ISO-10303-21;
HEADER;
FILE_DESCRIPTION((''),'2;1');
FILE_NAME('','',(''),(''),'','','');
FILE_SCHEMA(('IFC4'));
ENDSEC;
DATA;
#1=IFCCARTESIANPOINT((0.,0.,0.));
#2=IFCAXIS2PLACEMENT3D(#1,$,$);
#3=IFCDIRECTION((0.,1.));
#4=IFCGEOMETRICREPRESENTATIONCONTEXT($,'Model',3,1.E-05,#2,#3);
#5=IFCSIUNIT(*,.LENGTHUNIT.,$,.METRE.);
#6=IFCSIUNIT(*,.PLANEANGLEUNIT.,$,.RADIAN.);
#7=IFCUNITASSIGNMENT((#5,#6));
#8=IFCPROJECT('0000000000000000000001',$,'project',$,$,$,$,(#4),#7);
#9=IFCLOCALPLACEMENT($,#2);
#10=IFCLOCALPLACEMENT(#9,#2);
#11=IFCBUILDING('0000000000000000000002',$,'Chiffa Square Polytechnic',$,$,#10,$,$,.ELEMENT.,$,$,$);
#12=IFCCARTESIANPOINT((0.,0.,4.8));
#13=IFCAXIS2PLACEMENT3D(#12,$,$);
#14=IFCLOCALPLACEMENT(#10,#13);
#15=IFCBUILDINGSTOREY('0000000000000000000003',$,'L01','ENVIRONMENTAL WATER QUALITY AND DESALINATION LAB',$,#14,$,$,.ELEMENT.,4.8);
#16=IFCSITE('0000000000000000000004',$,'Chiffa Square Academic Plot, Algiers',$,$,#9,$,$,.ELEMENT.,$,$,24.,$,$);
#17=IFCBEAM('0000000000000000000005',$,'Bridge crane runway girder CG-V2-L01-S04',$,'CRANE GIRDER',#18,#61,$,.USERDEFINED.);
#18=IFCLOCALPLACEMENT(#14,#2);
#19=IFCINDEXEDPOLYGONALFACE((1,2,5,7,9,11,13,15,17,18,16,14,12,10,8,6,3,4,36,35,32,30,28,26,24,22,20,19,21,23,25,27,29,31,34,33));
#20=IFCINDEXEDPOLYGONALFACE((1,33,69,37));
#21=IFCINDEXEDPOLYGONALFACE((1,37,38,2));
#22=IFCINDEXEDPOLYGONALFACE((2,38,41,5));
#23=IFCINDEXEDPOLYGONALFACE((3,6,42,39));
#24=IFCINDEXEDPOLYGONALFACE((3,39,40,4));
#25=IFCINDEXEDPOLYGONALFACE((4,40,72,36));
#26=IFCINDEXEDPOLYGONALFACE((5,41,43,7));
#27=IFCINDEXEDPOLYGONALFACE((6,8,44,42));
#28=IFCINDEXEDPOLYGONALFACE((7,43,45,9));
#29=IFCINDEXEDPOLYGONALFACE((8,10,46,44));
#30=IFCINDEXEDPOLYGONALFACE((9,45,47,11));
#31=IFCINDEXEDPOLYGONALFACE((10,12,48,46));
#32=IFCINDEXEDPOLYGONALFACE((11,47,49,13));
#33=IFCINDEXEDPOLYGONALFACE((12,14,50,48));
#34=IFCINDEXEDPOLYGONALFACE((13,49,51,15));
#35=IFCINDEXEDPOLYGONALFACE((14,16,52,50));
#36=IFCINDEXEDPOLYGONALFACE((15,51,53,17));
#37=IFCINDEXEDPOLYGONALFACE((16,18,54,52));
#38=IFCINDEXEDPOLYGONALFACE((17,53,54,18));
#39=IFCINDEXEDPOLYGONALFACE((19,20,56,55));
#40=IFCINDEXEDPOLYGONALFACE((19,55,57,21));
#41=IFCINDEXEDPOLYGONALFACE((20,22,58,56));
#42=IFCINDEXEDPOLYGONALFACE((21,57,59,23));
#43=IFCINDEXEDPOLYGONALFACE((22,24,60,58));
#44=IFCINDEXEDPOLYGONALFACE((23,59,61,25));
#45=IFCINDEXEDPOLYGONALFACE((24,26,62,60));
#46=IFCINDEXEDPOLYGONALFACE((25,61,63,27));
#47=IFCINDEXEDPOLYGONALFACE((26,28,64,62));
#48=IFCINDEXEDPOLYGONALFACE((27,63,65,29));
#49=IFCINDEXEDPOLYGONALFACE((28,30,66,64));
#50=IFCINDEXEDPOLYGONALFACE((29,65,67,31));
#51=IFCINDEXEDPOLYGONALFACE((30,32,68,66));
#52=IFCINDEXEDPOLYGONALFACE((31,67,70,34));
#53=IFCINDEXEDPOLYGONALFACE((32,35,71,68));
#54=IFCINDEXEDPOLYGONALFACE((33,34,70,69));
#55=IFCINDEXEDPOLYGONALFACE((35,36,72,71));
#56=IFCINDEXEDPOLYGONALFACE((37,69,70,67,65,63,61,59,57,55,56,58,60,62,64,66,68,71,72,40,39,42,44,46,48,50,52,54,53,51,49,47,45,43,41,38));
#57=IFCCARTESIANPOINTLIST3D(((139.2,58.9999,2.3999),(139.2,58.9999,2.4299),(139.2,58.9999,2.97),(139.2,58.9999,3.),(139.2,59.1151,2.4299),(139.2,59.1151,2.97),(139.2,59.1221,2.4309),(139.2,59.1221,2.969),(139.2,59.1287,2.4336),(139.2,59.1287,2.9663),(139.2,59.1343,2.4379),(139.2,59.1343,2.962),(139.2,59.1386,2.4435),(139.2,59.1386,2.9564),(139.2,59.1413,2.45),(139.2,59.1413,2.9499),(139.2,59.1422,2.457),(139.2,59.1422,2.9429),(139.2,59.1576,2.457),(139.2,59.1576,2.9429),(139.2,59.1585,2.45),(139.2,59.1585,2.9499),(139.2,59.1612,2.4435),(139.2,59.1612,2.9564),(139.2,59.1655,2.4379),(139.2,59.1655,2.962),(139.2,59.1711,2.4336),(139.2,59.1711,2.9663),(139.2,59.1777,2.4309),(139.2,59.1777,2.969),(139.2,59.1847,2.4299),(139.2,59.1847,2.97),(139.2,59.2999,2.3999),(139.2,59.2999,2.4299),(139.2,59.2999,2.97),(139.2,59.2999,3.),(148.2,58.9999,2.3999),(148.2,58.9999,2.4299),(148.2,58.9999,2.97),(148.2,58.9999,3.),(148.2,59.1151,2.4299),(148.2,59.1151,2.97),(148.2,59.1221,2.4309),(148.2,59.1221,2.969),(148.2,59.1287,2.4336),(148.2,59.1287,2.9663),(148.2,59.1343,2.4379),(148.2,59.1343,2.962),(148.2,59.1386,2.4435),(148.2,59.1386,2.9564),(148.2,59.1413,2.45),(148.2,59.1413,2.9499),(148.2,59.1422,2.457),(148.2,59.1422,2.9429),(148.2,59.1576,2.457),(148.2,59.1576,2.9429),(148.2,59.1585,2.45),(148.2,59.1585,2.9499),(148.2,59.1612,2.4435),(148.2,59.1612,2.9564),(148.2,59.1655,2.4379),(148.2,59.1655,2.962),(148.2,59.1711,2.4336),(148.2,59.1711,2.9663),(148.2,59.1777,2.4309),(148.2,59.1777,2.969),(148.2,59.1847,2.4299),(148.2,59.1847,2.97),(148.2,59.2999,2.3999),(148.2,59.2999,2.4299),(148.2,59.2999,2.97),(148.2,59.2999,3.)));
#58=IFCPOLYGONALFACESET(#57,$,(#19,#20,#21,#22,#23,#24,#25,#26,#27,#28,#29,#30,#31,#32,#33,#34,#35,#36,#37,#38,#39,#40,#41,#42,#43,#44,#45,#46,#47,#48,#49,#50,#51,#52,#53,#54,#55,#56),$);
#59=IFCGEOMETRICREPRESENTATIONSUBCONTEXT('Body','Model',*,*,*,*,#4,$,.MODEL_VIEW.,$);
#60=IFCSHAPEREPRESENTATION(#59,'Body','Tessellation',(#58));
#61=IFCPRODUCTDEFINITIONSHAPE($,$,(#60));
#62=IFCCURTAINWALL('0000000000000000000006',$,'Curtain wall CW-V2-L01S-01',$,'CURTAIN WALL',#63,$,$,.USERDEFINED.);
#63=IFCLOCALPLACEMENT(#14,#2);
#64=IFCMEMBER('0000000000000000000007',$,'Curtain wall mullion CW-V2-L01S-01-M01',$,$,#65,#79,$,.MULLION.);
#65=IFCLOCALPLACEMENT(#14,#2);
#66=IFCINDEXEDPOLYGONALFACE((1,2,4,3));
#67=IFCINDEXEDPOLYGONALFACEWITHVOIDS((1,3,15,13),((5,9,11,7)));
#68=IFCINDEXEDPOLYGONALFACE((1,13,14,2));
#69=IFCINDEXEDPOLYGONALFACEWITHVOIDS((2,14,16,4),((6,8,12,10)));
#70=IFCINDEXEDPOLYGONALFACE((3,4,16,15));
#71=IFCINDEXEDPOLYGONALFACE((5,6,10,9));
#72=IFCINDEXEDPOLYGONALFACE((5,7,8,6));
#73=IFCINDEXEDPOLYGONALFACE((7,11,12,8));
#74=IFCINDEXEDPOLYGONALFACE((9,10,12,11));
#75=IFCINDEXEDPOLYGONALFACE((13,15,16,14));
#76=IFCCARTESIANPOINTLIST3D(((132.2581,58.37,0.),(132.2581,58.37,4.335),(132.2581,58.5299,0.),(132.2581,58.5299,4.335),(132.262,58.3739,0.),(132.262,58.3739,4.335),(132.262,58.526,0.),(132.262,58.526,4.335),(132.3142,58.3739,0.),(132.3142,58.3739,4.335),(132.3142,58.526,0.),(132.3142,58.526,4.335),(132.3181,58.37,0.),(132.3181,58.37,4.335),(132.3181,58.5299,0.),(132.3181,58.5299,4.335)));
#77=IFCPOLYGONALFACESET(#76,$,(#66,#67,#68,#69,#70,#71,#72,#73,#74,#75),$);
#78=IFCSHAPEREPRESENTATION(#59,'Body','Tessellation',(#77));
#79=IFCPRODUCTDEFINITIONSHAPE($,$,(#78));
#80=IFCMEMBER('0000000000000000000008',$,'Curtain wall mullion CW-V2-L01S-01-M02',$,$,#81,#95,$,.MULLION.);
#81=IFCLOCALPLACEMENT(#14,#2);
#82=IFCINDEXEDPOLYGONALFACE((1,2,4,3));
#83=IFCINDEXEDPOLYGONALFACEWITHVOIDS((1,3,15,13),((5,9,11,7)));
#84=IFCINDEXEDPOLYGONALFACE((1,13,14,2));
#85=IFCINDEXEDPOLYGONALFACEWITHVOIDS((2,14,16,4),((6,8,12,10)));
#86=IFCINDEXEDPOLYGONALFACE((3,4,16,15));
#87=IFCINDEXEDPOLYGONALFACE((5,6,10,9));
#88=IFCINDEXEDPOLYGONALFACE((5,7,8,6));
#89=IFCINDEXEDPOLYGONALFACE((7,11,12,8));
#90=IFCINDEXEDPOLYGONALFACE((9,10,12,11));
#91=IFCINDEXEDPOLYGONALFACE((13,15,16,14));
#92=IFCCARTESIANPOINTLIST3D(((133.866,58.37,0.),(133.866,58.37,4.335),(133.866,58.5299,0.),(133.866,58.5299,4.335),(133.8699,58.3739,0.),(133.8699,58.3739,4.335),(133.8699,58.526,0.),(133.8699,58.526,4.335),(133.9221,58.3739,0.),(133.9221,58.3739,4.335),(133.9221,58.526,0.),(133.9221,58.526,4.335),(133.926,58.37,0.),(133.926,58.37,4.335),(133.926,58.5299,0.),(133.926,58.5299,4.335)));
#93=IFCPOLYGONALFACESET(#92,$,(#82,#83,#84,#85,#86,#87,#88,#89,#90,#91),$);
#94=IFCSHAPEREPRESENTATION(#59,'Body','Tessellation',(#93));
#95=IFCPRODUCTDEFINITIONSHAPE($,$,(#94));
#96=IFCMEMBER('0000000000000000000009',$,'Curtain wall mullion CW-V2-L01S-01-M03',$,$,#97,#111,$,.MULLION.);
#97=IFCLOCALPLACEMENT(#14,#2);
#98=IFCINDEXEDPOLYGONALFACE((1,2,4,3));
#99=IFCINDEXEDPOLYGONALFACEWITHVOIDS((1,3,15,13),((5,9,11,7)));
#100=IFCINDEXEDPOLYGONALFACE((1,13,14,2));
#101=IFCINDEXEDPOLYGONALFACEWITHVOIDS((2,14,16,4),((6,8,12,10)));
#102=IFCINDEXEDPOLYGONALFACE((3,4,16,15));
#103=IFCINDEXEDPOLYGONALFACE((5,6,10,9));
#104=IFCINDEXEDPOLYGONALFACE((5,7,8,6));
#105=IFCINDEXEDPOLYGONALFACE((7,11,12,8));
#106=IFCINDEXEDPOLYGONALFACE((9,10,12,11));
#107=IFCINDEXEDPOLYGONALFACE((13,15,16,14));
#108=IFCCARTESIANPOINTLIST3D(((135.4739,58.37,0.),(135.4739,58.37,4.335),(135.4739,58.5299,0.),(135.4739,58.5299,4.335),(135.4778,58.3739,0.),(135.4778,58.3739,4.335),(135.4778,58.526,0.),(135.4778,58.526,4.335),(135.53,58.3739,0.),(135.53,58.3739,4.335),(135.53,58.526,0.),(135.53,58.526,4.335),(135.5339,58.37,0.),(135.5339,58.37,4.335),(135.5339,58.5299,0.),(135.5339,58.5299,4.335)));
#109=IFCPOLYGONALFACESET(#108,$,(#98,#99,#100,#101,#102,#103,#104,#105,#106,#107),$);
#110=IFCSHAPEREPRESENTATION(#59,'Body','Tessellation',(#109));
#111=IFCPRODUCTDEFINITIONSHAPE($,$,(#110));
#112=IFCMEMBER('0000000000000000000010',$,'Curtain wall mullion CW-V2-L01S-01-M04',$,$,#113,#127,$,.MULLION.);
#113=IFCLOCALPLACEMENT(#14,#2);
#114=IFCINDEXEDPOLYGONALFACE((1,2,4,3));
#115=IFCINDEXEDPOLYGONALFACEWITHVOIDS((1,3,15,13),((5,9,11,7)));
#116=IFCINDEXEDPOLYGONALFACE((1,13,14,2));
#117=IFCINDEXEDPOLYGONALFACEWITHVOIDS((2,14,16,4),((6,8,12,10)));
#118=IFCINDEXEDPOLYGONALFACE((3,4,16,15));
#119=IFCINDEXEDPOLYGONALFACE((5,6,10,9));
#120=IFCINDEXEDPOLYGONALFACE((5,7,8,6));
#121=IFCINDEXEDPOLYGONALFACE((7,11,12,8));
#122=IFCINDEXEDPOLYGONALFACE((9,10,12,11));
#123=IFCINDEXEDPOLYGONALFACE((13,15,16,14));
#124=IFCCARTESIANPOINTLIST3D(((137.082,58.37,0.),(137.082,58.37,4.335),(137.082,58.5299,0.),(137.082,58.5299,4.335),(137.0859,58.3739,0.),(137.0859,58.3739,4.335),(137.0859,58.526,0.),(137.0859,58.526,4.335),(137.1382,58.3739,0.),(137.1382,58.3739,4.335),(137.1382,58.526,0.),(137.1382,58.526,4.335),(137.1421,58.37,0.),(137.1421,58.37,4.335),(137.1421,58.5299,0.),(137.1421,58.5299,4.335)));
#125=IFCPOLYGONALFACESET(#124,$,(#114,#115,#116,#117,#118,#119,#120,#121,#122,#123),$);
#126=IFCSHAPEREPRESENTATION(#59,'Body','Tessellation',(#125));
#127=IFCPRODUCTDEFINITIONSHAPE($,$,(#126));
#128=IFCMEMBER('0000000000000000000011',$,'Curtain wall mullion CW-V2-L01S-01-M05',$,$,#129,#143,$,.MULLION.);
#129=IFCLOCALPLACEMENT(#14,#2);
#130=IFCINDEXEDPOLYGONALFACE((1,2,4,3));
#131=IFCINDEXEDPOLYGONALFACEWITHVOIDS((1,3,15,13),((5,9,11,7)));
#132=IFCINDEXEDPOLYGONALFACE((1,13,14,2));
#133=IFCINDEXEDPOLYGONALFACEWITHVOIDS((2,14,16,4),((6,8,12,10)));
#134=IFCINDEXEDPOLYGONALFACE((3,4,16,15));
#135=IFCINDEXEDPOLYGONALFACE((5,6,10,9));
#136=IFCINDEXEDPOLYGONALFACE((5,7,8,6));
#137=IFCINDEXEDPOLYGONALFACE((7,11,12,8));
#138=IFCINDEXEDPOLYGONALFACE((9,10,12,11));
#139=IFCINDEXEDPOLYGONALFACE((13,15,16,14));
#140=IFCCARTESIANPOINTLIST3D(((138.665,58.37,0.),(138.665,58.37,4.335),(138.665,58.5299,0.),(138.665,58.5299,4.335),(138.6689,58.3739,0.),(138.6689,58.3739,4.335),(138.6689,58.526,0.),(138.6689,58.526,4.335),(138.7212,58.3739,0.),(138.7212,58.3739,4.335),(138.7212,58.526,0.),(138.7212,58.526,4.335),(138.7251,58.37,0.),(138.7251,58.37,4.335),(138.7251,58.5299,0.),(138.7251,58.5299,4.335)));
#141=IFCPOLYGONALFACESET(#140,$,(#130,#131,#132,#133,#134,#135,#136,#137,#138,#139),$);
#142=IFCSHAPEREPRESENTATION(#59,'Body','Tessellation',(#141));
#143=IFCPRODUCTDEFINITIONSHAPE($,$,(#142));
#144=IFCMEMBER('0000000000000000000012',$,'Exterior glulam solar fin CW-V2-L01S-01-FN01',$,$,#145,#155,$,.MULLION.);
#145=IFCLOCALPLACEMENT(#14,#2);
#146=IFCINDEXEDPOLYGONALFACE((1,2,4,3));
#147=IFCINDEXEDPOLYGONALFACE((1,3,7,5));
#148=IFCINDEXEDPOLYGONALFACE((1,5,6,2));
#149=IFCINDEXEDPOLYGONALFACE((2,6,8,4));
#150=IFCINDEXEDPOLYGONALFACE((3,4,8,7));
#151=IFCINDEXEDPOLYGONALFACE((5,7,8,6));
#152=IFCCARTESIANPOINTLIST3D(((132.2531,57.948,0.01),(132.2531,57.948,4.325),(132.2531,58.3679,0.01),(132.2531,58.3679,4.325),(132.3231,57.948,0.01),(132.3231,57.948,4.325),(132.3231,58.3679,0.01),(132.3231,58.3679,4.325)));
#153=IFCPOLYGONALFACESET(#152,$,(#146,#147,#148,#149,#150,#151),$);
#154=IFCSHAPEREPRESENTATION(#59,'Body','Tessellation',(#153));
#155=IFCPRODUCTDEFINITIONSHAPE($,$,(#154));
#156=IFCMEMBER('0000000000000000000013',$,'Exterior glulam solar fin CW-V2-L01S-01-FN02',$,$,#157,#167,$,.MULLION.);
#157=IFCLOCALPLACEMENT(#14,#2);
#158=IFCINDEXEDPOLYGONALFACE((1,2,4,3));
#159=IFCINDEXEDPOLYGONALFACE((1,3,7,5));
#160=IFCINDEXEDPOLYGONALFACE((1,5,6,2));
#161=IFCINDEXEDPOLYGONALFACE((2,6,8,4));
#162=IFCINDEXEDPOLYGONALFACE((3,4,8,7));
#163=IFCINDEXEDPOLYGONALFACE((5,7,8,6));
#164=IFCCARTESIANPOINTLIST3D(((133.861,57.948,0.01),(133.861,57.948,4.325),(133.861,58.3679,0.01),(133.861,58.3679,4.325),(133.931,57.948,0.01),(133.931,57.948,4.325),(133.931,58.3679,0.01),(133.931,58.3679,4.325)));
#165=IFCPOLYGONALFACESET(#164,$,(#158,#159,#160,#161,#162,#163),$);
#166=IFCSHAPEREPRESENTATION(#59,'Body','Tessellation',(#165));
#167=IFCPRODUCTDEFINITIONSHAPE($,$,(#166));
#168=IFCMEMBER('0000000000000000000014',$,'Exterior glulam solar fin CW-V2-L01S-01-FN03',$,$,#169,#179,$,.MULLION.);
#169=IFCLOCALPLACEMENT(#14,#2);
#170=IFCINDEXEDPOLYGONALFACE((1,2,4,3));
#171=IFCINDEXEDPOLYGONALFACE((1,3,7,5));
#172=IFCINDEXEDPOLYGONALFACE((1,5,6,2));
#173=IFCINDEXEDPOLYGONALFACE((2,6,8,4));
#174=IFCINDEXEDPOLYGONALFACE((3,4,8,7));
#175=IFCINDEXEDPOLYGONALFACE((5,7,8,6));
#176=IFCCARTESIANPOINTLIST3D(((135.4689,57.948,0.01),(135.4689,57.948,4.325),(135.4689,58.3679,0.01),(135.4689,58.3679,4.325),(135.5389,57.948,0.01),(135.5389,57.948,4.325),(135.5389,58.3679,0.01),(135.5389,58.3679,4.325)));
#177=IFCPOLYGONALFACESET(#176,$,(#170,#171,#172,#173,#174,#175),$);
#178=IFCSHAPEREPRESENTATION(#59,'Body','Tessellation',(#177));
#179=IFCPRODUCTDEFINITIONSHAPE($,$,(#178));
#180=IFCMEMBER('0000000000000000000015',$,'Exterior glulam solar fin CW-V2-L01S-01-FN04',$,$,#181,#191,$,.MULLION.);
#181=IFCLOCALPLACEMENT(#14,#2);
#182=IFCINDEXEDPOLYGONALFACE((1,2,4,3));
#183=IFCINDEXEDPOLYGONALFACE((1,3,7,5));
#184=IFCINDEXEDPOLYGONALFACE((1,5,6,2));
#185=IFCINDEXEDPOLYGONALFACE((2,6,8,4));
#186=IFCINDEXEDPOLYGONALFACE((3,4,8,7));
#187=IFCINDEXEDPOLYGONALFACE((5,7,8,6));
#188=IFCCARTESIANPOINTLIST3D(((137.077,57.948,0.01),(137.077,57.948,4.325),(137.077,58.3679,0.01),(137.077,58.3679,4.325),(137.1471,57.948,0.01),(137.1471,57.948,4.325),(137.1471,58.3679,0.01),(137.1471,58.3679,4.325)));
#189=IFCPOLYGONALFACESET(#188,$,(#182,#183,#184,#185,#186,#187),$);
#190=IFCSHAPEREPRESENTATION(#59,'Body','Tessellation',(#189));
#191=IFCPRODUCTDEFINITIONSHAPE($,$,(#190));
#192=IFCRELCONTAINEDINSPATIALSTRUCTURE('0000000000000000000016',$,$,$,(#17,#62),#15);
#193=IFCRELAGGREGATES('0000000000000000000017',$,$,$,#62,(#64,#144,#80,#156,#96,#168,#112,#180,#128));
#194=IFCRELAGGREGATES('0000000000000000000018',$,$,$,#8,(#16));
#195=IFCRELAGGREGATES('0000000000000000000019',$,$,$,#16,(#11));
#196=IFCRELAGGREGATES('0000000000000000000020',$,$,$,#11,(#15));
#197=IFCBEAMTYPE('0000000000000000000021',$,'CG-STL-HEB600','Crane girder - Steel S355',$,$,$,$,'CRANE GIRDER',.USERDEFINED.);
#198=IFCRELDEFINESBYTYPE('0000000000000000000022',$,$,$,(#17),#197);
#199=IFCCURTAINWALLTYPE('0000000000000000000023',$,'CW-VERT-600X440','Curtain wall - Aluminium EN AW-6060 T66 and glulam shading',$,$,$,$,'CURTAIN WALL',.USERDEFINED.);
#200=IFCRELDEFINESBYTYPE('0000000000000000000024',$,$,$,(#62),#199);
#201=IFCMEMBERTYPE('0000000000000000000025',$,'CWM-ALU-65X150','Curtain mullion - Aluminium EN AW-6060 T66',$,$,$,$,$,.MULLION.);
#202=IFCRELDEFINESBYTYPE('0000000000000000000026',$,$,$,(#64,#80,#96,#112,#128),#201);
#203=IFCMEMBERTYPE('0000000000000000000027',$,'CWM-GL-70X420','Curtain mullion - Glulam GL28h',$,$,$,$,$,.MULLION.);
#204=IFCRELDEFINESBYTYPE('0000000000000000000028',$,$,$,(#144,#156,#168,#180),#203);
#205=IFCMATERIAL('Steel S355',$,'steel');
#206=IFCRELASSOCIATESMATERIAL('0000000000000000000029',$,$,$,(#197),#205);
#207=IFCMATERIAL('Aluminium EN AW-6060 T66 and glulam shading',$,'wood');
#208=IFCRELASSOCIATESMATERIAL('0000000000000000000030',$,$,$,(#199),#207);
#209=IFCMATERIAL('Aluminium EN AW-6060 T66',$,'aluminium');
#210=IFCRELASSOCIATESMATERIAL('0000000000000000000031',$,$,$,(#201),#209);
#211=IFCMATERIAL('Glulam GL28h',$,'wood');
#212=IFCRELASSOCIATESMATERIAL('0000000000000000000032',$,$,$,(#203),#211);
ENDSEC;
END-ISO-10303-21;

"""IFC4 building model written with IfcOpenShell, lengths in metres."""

from ifc_helpers import new_model, si_unit, direction, frame, origin, origin_2d, place, context, subcontext, project, spatial, rectangle, hollow_rectangle, i_section, extrude, material, material_profile, profile_set, type_object, element, aggregate, save


model = new_model("IFC4")

# Units and contexts
model_context = context("Model", 3, precision=1e-05, world=origin(), true_north=direction((0.0, 1.0)))
body_context = subcontext(model_context, "Body", "Model", "MODEL_VIEW")
ifc_project = project(units=[si_unit("LENGTHUNIT", "METRE"), si_unit("PLANEANGLEUNIT", "RADIAN")], contexts=[model_context])

# Site, building, storey
site_placement = place(None, origin())
site = spatial("IfcSite", under=ifc_project, at=site_placement, Name="Chiffa Square Academic Plot, Algiers", CompositionType="ELEMENT", RefElevation=24.0)
building_placement = place(site_placement, origin())
building = spatial("IfcBuilding", under=site, at=building_placement, Name="Chiffa Square Polytechnic", CompositionType="ELEMENT")
storey_placement = place(building_placement, frame((0.0, 0.0, 4.8)))
storey = spatial("IfcBuildingStorey", under=building, at=storey_placement, Name="L01", Description="ENVIRONMENTAL WATER QUALITY AND DESALINATION LAB", CompositionType="ELEMENT", Elevation=4.8)

# Shared definitions
ifc_material_1 = material(Name="Steel S355", Category="steel")

# Beam
ifc_material_profile_1 = material_profile(ifc_material_1, i_section(OverallWidth=0.3, OverallDepth=0.6001, WebThickness=0.0154, FlangeThickness=0.03, FilletRadius=0.0271, at=origin_2d()), Name="HEB 600")
ifc_profile_set_1 = profile_set([ifc_material_profile_1], Name="Steel S355")
beam_type_1 = type_object("IfcBeamType", Name="CG-STL-HEB600", Description="Crane girder - Steel S355", ElementType="CRANE GIRDER", PredefinedType="USERDEFINED", material=ifc_profile_set_1)
beam_placement = place(storey_placement, frame((139.2, 59.1499, 2.7), z_axis=(1.0, 0.0, 0.0), x_axis=(0.0, 1.0, 0.0)))
element("IfcBeam", 1, at=beam_placement, inside=storey, type_object=beam_type_1, Name="Bridge crane runway girder CG-V2-L01-S04", ObjectType="CRANE GIRDER", PredefinedType="USERDEFINED", context=body_context, shape_type="SweptSolid", body=[
    extrude(i_section(OverallWidth=0.3, OverallDepth=0.6001, WebThickness=0.0154, FlangeThickness=0.03, FilletRadius=0.0271, at=origin_2d()), origin(), (0.0, 0.0, 1.0), 9.0),
])

# Curtain wall, members
ifc_material_2 = material(Name="Aluminium EN AW-6060 T66 and glulam shading", Category="wood")
curtain_wall_type = type_object("IfcCurtainWallType", Name="CW-VERT-600X440", Description="Curtain wall - Aluminium EN AW-6060 T66 and glulam shading", ElementType="CURTAIN WALL", PredefinedType="USERDEFINED", material=ifc_material_2)
curtain_wall_placement = place(storey_placement, origin())
curtain_wall = element("IfcCurtainWall", 2, at=curtain_wall_placement, inside=storey, type_object=curtain_wall_type, Name="Curtain wall CW-V2-L01S-01", ObjectType="CURTAIN WALL", PredefinedType="USERDEFINED")
ifc_material_3 = material(Name="Aluminium EN AW-6060 T66", Category="aluminium")
ifc_material_profile_2 = material_profile(ifc_material_3, hollow_rectangle(XDim=0.0601, YDim=0.1599, WallThickness=0.0039, at=origin_2d()), Name="ALU 60x160x4")
ifc_profile_set_2 = profile_set([ifc_material_profile_2], Name="Aluminium EN AW-6060 T66")
member_type_1 = type_object("IfcMemberType", Name="CWM-ALU-65X150", Description="Curtain mullion - Aluminium EN AW-6060 T66", PredefinedType="MULLION", material=ifc_profile_set_2)
member_1_placement = place(storey_placement, frame((132.2881, 58.45, 0.0), z_axis=(0.0, 0.0, 1.0), x_axis=(1.0, 0.0, 0.0)))
member_1 = element("IfcMember", 3, at=member_1_placement, type_object=member_type_1, Name="Curtain wall mullion CW-V2-L01S-01-M01", PredefinedType="MULLION", context=body_context, shape_type="SweptSolid", body=[
    extrude(hollow_rectangle(XDim=0.0601, YDim=0.1599, WallThickness=0.0039, at=origin_2d()), origin(), (0.0, 0.0, 1.0), 4.335),
])
member_2_placement = place(storey_placement, frame((133.896, 58.45, 0.0), z_axis=(0.0, 0.0, 1.0), x_axis=(1.0, 0.0, 0.0)))
member_2 = element("IfcMember", 4, at=member_2_placement, type_object=member_type_1, Name="Curtain wall mullion CW-V2-L01S-01-M02", PredefinedType="MULLION", context=body_context, shape_type="SweptSolid", body=[
    extrude(hollow_rectangle(XDim=0.0601, YDim=0.1599, WallThickness=0.0039, at=origin_2d()), origin(), (0.0, 0.0, 1.0), 4.335),
])
member_3_placement = place(storey_placement, frame((135.5039, 58.45, 0.0), z_axis=(0.0, 0.0, 1.0), x_axis=(1.0, 0.0, 0.0)))
member_3 = element("IfcMember", 5, at=member_3_placement, type_object=member_type_1, Name="Curtain wall mullion CW-V2-L01S-01-M03", PredefinedType="MULLION", context=body_context, shape_type="SweptSolid", body=[
    extrude(hollow_rectangle(XDim=0.0601, YDim=0.1599, WallThickness=0.0039, at=origin_2d()), origin(), (0.0, 0.0, 1.0), 4.335),
])
member_4_placement = place(storey_placement, frame((137.1121, 58.45, 0.0), z_axis=(0.0, 0.0, 1.0), x_axis=(1.0, 0.0, 0.0)))
member_4 = element("IfcMember", 6, at=member_4_placement, type_object=member_type_1, Name="Curtain wall mullion CW-V2-L01S-01-M04", PredefinedType="MULLION", context=body_context, shape_type="SweptSolid", body=[
    extrude(hollow_rectangle(XDim=0.0601, YDim=0.1599, WallThickness=0.0039, at=origin_2d()), origin(), (0.0, 0.0, 1.0), 4.335),
])
member_5_placement = place(storey_placement, frame((138.6951, 58.45, 0.0), z_axis=(0.0, 0.0, 1.0), x_axis=(1.0, 0.0, 0.0)))
member_5 = element("IfcMember", 7, at=member_5_placement, type_object=member_type_1, Name="Curtain wall mullion CW-V2-L01S-01-M05", PredefinedType="MULLION", context=body_context, shape_type="SweptSolid", body=[
    extrude(hollow_rectangle(XDim=0.0601, YDim=0.1599, WallThickness=0.0039, at=origin_2d()), origin(), (0.0, 0.0, 1.0), 4.335),
])
ifc_material_4 = material(Name="Glulam GL28h", Category="wood")
ifc_material_profile_3 = material_profile(ifc_material_4, rectangle(XDim=0.0701, YDim=0.4199, at=origin_2d()), Name="GL28h 70x420")
ifc_profile_set_3 = profile_set([ifc_material_profile_3], Name="Glulam GL28h")
member_type_2 = type_object("IfcMemberType", Name="CWM-GL-70X420", Description="Curtain mullion - Glulam GL28h", PredefinedType="MULLION", material=ifc_profile_set_3)
member_6_placement = place(storey_placement, frame((132.2881, 58.158, 0.01), z_axis=(0.0, 0.0, 1.0), x_axis=(1.0, 0.0, 0.0)))
member_6 = element("IfcMember", 8, at=member_6_placement, type_object=member_type_2, Name="Exterior glulam solar fin CW-V2-L01S-01-FN01", PredefinedType="MULLION", context=body_context, shape_type="SweptSolid", body=[
    extrude(rectangle(XDim=0.0701, YDim=0.4199, at=origin_2d()), origin(), (0.0, 0.0, 1.0), 4.3149),
])
member_7_placement = place(storey_placement, frame((133.896, 58.158, 0.01), z_axis=(0.0, 0.0, 1.0), x_axis=(1.0, 0.0, 0.0)))
member_7 = element("IfcMember", 9, at=member_7_placement, type_object=member_type_2, Name="Exterior glulam solar fin CW-V2-L01S-01-FN02", PredefinedType="MULLION", context=body_context, shape_type="SweptSolid", body=[
    extrude(rectangle(XDim=0.0701, YDim=0.4199, at=origin_2d()), origin(), (0.0, 0.0, 1.0), 4.3149),
])
member_8_placement = place(storey_placement, frame((135.5039, 58.158, 0.01), z_axis=(0.0, 0.0, 1.0), x_axis=(1.0, 0.0, 0.0)))
member_8 = element("IfcMember", 10, at=member_8_placement, type_object=member_type_2, Name="Exterior glulam solar fin CW-V2-L01S-01-FN03", PredefinedType="MULLION", context=body_context, shape_type="SweptSolid", body=[
    extrude(rectangle(XDim=0.0701, YDim=0.4199, at=origin_2d()), origin(), (0.0, 0.0, 1.0), 4.3149),
])
member_9_placement = place(storey_placement, frame((137.1121, 58.158, 0.01), z_axis=(0.0, 0.0, 1.0), x_axis=(1.0, 0.0, 0.0)))
member_9 = element("IfcMember", 11, at=member_9_placement, type_object=member_type_2, Name="Exterior glulam solar fin CW-V2-L01S-01-FN04", PredefinedType="MULLION", context=body_context, shape_type="SweptSolid", body=[
    extrude(rectangle(XDim=0.0701, YDim=0.4199, at=origin_2d()), origin(), (0.0, 0.0, 1.0), 4.3149),
])
aggregate(curtain_wall, [member_1, member_6, member_2, member_7, member_3, member_8, member_4, member_9, member_5])

save(model, "model.ifc")
